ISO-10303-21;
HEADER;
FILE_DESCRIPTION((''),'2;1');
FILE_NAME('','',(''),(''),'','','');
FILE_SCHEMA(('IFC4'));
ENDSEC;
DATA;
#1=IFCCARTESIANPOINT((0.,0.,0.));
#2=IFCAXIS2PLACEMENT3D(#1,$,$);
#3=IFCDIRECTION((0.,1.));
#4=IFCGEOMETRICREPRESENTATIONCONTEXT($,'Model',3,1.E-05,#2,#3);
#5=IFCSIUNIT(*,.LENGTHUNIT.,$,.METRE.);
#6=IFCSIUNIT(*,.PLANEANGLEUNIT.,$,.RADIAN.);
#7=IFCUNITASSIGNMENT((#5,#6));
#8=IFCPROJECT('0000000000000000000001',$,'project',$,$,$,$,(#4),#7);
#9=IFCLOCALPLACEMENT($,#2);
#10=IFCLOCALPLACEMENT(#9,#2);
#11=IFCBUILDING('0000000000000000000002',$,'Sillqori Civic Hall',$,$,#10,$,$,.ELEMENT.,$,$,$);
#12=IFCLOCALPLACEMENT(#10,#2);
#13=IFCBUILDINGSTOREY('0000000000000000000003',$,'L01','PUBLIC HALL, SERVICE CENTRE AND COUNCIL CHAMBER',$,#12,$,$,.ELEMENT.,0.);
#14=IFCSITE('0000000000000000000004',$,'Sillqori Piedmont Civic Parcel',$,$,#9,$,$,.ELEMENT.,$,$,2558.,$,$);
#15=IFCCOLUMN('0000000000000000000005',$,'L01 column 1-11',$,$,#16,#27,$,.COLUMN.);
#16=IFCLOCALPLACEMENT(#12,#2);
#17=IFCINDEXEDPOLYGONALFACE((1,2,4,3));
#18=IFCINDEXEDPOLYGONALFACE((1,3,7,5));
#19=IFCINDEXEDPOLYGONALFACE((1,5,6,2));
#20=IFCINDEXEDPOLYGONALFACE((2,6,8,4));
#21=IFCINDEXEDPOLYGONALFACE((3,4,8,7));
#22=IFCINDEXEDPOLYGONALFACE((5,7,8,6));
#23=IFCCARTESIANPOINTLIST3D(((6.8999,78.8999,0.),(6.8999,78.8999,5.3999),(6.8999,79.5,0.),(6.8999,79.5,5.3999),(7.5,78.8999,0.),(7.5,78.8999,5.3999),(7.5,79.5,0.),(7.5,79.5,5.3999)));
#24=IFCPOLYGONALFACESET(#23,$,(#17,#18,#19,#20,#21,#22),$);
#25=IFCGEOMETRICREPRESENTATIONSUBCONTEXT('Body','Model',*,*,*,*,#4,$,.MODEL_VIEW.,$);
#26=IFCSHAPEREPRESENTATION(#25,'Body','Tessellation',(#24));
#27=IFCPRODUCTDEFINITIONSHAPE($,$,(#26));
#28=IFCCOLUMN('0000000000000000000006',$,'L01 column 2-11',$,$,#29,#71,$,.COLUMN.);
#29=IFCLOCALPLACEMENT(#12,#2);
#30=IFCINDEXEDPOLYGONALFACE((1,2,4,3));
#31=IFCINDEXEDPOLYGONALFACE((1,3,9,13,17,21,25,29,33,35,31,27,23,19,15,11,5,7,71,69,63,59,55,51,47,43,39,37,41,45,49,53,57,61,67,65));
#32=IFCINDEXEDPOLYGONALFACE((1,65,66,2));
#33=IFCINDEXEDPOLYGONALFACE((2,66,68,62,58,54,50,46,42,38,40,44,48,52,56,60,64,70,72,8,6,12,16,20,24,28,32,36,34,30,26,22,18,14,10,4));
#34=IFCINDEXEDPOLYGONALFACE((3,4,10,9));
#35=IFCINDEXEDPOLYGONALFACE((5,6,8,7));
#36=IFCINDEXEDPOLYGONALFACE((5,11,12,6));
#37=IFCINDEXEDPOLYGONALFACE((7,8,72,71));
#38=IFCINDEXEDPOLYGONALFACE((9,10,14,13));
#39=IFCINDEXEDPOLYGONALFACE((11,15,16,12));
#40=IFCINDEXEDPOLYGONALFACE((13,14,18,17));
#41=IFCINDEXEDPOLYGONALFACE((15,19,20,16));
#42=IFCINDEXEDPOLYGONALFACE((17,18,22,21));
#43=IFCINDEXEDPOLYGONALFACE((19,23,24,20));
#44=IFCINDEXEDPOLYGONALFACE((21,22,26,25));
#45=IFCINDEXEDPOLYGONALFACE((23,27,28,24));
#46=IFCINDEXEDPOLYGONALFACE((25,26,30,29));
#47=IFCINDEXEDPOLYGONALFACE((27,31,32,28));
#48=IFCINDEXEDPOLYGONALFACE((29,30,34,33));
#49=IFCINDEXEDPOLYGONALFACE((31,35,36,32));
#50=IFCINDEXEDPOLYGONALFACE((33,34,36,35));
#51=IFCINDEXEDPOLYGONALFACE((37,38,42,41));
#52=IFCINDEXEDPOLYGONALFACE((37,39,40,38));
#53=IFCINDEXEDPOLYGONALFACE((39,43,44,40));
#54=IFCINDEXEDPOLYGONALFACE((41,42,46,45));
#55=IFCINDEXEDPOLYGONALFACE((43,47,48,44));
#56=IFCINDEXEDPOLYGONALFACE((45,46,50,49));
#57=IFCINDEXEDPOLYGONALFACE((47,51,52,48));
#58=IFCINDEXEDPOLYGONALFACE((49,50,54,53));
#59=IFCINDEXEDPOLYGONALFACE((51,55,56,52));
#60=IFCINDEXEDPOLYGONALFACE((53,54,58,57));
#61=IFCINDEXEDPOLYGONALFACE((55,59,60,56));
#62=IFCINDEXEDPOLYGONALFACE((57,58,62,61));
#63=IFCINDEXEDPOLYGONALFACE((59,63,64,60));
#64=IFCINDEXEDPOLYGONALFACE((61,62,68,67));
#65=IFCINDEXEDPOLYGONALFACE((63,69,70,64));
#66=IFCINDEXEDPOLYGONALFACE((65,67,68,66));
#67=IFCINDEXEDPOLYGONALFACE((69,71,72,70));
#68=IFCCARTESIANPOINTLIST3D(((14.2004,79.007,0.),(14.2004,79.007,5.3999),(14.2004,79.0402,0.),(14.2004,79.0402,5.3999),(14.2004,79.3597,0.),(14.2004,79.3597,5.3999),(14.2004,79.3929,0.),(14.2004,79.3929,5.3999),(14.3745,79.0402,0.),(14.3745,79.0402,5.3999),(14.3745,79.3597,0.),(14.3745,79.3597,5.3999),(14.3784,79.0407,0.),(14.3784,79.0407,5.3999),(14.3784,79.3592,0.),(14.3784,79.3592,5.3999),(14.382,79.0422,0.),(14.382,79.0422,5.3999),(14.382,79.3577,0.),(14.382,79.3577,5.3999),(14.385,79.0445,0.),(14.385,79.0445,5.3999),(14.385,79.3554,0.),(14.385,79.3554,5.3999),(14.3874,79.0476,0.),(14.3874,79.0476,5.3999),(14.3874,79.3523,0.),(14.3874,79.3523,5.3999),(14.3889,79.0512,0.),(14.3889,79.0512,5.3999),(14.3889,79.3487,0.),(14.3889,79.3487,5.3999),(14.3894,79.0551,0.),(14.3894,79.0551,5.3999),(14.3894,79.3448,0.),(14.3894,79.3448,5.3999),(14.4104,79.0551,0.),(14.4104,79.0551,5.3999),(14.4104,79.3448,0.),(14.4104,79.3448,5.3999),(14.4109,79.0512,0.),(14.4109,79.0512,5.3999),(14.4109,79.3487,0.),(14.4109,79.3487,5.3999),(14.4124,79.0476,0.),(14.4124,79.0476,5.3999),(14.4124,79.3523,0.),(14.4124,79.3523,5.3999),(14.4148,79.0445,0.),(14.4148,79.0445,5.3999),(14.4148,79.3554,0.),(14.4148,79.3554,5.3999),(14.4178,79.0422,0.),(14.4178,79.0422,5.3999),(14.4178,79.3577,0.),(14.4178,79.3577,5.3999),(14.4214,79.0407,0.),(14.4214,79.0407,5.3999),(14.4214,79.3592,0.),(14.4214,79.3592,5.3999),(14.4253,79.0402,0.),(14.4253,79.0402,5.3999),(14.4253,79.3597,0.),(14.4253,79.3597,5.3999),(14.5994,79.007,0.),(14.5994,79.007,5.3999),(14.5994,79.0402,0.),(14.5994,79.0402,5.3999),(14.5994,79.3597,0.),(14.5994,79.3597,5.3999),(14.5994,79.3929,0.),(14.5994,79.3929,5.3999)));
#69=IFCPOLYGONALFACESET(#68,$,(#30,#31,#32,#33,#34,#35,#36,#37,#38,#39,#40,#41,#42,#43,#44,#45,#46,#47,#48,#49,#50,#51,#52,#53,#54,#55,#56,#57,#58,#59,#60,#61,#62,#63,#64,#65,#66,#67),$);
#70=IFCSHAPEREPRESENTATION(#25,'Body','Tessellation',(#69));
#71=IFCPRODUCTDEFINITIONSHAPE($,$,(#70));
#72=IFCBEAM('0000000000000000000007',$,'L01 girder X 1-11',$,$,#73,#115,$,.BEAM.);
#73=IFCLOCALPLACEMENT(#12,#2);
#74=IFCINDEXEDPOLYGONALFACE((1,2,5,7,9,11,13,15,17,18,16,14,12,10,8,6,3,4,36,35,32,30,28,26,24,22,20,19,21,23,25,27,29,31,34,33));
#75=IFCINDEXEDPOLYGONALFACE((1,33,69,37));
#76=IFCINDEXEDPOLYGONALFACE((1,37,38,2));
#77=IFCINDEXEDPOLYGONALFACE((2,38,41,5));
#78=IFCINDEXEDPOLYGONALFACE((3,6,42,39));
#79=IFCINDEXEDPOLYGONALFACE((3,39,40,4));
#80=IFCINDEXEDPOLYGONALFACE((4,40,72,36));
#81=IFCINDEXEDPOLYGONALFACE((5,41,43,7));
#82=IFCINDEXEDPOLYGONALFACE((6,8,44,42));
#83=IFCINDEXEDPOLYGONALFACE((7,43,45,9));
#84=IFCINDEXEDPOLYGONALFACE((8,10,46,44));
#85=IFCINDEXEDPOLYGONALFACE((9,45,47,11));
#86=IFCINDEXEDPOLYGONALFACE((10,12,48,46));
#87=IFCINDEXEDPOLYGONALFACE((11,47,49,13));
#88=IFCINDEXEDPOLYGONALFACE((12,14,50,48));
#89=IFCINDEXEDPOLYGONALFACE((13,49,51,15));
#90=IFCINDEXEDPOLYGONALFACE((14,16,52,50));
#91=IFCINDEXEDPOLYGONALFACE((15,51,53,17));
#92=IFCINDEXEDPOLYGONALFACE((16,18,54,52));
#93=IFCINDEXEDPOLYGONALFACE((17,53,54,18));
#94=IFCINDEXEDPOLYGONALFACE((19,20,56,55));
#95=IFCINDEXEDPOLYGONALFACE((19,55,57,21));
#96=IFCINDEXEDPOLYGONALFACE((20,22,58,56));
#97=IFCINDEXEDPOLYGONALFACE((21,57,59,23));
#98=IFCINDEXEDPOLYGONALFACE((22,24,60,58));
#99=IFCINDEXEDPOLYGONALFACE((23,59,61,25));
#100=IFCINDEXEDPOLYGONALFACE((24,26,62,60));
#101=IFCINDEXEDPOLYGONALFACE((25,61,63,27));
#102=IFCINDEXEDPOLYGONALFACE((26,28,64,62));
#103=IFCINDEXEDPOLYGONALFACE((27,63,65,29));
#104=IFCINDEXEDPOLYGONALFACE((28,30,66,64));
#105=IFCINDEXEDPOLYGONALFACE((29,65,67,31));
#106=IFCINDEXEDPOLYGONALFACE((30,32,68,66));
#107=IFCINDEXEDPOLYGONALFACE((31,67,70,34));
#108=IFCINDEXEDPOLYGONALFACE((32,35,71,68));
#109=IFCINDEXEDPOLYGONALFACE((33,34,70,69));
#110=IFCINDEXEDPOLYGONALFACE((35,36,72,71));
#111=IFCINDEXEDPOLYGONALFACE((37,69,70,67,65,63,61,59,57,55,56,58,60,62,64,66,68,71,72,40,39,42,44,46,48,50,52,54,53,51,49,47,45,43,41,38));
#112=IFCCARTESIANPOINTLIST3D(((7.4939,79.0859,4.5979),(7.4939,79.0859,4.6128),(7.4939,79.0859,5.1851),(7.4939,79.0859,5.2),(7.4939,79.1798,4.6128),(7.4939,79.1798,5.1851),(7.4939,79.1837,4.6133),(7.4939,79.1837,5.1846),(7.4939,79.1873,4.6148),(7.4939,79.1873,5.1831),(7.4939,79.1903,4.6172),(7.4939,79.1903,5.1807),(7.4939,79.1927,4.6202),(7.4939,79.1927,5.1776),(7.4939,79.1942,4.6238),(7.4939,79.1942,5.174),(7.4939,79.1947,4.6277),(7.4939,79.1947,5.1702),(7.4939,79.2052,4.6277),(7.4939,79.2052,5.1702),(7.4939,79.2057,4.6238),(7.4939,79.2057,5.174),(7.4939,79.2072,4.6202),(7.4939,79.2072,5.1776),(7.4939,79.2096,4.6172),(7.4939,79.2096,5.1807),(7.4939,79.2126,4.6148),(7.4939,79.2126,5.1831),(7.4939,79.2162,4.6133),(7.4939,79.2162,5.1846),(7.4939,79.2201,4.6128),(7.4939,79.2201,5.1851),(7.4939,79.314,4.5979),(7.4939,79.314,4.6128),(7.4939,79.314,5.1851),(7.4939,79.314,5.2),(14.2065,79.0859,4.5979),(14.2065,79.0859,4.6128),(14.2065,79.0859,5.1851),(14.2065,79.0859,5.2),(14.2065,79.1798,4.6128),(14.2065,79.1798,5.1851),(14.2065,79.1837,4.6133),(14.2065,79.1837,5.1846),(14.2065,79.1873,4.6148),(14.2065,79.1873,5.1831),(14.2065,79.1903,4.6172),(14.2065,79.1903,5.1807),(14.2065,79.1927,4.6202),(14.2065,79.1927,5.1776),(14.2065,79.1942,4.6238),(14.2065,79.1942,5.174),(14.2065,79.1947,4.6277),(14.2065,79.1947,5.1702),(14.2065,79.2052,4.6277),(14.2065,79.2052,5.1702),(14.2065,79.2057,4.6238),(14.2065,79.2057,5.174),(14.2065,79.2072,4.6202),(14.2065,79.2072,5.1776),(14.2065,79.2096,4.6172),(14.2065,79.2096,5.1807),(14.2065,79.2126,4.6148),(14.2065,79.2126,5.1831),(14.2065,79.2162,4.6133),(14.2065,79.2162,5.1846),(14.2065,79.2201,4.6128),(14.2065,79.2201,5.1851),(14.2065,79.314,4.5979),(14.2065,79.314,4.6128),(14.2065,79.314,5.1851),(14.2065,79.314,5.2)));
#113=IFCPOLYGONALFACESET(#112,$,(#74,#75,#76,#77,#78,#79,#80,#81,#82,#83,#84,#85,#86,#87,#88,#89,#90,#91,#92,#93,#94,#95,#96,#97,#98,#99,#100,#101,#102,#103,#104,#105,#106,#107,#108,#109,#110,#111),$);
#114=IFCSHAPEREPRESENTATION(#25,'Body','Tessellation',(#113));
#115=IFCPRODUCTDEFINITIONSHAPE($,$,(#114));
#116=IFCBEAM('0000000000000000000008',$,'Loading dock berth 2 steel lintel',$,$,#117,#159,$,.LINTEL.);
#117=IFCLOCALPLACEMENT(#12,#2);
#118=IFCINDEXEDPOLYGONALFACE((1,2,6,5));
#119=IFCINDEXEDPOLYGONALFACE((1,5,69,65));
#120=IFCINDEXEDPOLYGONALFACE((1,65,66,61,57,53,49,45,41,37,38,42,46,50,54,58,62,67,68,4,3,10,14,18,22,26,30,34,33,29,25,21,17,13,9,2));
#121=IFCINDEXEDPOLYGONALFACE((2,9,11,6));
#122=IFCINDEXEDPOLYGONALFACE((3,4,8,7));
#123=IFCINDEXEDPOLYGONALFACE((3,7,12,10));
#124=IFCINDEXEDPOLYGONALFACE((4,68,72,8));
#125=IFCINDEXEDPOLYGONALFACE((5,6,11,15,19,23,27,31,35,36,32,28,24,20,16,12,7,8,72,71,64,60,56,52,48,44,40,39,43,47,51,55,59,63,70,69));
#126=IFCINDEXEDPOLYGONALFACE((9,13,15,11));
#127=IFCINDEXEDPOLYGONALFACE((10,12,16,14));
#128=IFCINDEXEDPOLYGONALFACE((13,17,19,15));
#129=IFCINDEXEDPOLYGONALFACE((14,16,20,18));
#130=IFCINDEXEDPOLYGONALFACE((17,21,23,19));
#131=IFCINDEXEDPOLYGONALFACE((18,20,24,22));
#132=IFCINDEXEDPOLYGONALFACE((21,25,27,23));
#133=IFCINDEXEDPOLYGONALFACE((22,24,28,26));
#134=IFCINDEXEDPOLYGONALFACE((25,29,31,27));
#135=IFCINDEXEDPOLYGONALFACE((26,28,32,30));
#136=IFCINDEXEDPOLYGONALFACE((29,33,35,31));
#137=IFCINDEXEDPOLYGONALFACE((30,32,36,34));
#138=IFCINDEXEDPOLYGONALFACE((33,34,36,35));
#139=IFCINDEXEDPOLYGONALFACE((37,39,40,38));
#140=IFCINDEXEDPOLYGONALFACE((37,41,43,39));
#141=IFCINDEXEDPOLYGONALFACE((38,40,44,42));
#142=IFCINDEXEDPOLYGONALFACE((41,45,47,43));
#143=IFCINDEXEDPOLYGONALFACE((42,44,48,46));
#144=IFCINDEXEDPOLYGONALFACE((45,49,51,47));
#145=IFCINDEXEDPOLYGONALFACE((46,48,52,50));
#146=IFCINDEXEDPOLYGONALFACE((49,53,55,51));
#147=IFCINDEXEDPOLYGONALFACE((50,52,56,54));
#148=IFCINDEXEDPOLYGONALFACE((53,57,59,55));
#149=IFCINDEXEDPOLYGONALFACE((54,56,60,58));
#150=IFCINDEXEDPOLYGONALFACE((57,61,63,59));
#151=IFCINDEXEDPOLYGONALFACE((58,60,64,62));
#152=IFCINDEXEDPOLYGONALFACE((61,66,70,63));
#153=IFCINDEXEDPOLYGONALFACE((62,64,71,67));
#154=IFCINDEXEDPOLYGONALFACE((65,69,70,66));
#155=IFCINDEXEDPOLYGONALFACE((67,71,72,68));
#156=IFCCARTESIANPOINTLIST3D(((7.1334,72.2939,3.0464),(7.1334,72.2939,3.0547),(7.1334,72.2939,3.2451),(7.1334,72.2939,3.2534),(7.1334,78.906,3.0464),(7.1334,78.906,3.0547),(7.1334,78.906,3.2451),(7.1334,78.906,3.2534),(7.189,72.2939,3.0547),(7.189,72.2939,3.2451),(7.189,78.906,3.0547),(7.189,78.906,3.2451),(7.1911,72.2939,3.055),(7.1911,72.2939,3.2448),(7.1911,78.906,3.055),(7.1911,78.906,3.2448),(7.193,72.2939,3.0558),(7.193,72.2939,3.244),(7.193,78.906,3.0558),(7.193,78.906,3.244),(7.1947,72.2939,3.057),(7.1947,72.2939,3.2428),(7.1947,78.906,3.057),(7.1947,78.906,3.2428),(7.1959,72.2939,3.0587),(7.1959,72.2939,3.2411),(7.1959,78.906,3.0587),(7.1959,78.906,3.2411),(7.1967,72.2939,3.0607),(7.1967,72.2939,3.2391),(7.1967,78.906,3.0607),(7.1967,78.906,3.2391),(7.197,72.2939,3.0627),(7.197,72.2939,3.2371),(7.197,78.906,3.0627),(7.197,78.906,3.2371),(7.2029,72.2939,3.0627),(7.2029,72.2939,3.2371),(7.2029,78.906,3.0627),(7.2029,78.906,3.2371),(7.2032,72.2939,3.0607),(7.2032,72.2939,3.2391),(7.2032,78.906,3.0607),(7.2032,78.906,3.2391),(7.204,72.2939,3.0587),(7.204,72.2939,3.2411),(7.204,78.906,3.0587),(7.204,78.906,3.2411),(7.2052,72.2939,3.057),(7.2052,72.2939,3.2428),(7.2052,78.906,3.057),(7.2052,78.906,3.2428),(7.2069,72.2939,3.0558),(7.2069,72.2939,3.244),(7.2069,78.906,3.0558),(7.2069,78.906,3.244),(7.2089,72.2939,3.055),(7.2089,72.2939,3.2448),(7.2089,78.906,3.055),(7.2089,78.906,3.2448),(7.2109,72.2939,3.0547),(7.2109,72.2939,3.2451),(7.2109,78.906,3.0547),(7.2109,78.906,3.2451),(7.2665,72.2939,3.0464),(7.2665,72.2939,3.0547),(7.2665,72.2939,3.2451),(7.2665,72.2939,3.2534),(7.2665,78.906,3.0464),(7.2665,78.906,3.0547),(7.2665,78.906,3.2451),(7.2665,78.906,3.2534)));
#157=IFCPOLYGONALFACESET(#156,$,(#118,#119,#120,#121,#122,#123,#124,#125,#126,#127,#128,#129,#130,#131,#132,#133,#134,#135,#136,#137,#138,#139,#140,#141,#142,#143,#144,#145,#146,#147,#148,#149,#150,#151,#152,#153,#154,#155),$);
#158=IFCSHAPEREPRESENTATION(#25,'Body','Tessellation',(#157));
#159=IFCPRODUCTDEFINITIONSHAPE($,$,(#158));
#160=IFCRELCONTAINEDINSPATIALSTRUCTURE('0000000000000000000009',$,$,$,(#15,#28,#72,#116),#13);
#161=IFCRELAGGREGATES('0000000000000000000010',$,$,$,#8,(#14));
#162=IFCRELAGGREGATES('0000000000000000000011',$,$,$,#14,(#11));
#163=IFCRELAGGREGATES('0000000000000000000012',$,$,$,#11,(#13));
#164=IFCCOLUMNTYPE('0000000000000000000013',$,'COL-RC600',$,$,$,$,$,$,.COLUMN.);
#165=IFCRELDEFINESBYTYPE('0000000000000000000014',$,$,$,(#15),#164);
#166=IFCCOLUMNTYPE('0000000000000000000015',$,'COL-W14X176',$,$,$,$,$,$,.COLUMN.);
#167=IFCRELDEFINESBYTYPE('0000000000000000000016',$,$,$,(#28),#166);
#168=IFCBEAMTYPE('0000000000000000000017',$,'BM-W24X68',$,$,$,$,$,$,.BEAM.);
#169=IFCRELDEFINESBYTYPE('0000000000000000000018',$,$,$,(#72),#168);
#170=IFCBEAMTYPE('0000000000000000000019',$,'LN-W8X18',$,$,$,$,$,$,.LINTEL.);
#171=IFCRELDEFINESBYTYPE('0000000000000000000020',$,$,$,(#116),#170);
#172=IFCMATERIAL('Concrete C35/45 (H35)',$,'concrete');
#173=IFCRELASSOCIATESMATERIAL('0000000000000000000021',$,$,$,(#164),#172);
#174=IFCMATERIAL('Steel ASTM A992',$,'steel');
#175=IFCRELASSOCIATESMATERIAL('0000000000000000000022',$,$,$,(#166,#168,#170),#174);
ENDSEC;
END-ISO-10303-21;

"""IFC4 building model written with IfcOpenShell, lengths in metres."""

from ifc_helpers import new_model, si_unit, direction, frame, origin, origin_2d, place, context, subcontext, project, spatial, rectangle, i_section, extrude, material, material_profile, profile_set, type_object, element, save


model = new_model("IFC4")

# Units and contexts
model_context = context("Model", 3, precision=1e-05, world=origin(), true_north=direction((0.0, 1.0)))
body_context = subcontext(model_context, "Body", "Model", "MODEL_VIEW")
ifc_project = project(units=[si_unit("LENGTHUNIT", "METRE"), si_unit("PLANEANGLEUNIT", "RADIAN")], contexts=[model_context])

# Site, building, storey
site_placement = place(None, origin())
site = spatial("IfcSite", under=ifc_project, at=site_placement, Name="Sillqori Piedmont Civic Parcel", CompositionType="ELEMENT", RefElevation=2558.0)
building_placement = place(site_placement, origin())
building = spatial("IfcBuilding", under=site, at=building_placement, Name="Sillqori Civic Hall", CompositionType="ELEMENT")
storey_placement = place(building_placement, origin())
storey = spatial("IfcBuildingStorey", under=building, at=storey_placement, Name="L01", Description="PUBLIC HALL, SERVICE CENTRE AND COUNCIL CHAMBER", CompositionType="ELEMENT", Elevation=0.0)

# Columns
ifc_material_1 = material(Name="Concrete C35/45 (H35)", Category="concrete")
ifc_material_profile_1 = material_profile(ifc_material_1, rectangle(XDim=0.6001, YDim=0.6001, at=origin_2d()), Name="RC 600x600")
ifc_profile_set_1 = profile_set([ifc_material_profile_1], Name="Concrete C35/45 (H35)")
column_type_1 = type_object("IfcColumnType", Name="COL-RC600", PredefinedType="COLUMN", material=ifc_profile_set_1)
column_1_placement = place(storey_placement, frame((7.2, 79.2, 0.0), z_axis=(0.0, 0.0, 1.0), x_axis=(1.0, 0.0, 0.0)))
element("IfcColumn", 1, at=column_1_placement, inside=storey, type_object=column_type_1, Name="L01 column 1-11", PredefinedType="COLUMN", context=body_context, shape_type="SweptSolid", body=[
    extrude(rectangle(XDim=0.6001, YDim=0.6001, at=origin_2d()), origin(), (0.0, 0.0, 1.0), 5.3999),
])
ifc_material_2 = material(Name="Steel ASTM A992", Category="steel")
ifc_material_profile_2 = material_profile(ifc_material_2, i_section(OverallWidth=0.3989, OverallDepth=0.386, WebThickness=0.021, FlangeThickness=0.0332, FilletRadius=0.0149, at=origin_2d()), Name="W14X176")
ifc_profile_set_2 = profile_set([ifc_material_profile_2], Name="Steel ASTM A992")
column_type_2 = type_object("IfcColumnType", Name="COL-W14X176", PredefinedType="COLUMN", material=ifc_profile_set_2)
column_2_placement = place(storey_placement, frame((14.3999, 79.2, 0.0), z_axis=(0.0, 0.0, 1.0), x_axis=(1.0, 0.0, 0.0)))
element("IfcColumn", 2, at=column_2_placement, inside=storey, type_object=column_type_2, Name="L01 column 2-11", PredefinedType="COLUMN", context=body_context, shape_type="SweptSolid", body=[
    extrude(i_section(OverallWidth=0.3989, OverallDepth=0.386, WebThickness=0.021, FlangeThickness=0.0332, FilletRadius=0.0149, at=origin_2d()), origin(), (0.0, 0.0, 1.0), 5.3999),
])

# Beams
ifc_material_profile_3 = material_profile(ifc_material_2, i_section(OverallWidth=0.228, OverallDepth=0.6021, WebThickness=0.0105, FlangeThickness=0.0149, FilletRadius=0.0149, at=origin_2d()), Name="W24X68")
ifc_profile_set_3 = profile_set([ifc_material_profile_3], Name="Steel ASTM A992")
beam_type_1 = type_object("IfcBeamType", Name="BM-W24X68", PredefinedType="BEAM", material=ifc_profile_set_3)
beam_1_placement = place(storey_placement, frame((7.4939, 79.2, 4.8989), z_axis=(1.0, 0.0, 0.0), x_axis=(0.0, 1.0, 0.0)))
element("IfcBeam", 3, at=beam_1_placement, inside=storey, type_object=beam_type_1, Name="L01 girder X 1-11", PredefinedType="BEAM", context=body_context, shape_type="SweptSolid", body=[
    extrude(i_section(OverallWidth=0.228, OverallDepth=0.6021, WebThickness=0.0105, FlangeThickness=0.0149, FilletRadius=0.0149, at=origin_2d()), origin(), (0.0, 0.0, 1.0), 6.7126),
])
ifc_material_profile_4 = material_profile(ifc_material_2, i_section(OverallWidth=0.1331, OverallDepth=0.207, WebThickness=0.0059, FlangeThickness=0.0083, FilletRadius=0.0081, at=origin_2d()), Name="W8X18")
ifc_profile_set_4 = profile_set([ifc_material_profile_4], Name="Steel ASTM A992")
beam_type_2 = type_object("IfcBeamType", Name="LN-W8X18", PredefinedType="LINTEL", material=ifc_profile_set_4)
beam_2_placement = place(storey_placement, frame((7.2, 72.2939, 3.1499), z_axis=(0.0, 1.0, 0.0), x_axis=(-1.0, 0.0, 0.0)))
element("IfcBeam", 4, at=beam_2_placement, inside=storey, type_object=beam_type_2, Name="Loading dock berth 2 steel lintel", PredefinedType="LINTEL", context=body_context, shape_type="SweptSolid", body=[
    extrude(i_section(OverallWidth=0.1331, OverallDepth=0.207, WebThickness=0.0059, FlangeThickness=0.0083, FilletRadius=0.0081, at=origin_2d()), origin(), (0.0, 0.0, 1.0), 6.6121),
])

save(model, "model.ifc")
